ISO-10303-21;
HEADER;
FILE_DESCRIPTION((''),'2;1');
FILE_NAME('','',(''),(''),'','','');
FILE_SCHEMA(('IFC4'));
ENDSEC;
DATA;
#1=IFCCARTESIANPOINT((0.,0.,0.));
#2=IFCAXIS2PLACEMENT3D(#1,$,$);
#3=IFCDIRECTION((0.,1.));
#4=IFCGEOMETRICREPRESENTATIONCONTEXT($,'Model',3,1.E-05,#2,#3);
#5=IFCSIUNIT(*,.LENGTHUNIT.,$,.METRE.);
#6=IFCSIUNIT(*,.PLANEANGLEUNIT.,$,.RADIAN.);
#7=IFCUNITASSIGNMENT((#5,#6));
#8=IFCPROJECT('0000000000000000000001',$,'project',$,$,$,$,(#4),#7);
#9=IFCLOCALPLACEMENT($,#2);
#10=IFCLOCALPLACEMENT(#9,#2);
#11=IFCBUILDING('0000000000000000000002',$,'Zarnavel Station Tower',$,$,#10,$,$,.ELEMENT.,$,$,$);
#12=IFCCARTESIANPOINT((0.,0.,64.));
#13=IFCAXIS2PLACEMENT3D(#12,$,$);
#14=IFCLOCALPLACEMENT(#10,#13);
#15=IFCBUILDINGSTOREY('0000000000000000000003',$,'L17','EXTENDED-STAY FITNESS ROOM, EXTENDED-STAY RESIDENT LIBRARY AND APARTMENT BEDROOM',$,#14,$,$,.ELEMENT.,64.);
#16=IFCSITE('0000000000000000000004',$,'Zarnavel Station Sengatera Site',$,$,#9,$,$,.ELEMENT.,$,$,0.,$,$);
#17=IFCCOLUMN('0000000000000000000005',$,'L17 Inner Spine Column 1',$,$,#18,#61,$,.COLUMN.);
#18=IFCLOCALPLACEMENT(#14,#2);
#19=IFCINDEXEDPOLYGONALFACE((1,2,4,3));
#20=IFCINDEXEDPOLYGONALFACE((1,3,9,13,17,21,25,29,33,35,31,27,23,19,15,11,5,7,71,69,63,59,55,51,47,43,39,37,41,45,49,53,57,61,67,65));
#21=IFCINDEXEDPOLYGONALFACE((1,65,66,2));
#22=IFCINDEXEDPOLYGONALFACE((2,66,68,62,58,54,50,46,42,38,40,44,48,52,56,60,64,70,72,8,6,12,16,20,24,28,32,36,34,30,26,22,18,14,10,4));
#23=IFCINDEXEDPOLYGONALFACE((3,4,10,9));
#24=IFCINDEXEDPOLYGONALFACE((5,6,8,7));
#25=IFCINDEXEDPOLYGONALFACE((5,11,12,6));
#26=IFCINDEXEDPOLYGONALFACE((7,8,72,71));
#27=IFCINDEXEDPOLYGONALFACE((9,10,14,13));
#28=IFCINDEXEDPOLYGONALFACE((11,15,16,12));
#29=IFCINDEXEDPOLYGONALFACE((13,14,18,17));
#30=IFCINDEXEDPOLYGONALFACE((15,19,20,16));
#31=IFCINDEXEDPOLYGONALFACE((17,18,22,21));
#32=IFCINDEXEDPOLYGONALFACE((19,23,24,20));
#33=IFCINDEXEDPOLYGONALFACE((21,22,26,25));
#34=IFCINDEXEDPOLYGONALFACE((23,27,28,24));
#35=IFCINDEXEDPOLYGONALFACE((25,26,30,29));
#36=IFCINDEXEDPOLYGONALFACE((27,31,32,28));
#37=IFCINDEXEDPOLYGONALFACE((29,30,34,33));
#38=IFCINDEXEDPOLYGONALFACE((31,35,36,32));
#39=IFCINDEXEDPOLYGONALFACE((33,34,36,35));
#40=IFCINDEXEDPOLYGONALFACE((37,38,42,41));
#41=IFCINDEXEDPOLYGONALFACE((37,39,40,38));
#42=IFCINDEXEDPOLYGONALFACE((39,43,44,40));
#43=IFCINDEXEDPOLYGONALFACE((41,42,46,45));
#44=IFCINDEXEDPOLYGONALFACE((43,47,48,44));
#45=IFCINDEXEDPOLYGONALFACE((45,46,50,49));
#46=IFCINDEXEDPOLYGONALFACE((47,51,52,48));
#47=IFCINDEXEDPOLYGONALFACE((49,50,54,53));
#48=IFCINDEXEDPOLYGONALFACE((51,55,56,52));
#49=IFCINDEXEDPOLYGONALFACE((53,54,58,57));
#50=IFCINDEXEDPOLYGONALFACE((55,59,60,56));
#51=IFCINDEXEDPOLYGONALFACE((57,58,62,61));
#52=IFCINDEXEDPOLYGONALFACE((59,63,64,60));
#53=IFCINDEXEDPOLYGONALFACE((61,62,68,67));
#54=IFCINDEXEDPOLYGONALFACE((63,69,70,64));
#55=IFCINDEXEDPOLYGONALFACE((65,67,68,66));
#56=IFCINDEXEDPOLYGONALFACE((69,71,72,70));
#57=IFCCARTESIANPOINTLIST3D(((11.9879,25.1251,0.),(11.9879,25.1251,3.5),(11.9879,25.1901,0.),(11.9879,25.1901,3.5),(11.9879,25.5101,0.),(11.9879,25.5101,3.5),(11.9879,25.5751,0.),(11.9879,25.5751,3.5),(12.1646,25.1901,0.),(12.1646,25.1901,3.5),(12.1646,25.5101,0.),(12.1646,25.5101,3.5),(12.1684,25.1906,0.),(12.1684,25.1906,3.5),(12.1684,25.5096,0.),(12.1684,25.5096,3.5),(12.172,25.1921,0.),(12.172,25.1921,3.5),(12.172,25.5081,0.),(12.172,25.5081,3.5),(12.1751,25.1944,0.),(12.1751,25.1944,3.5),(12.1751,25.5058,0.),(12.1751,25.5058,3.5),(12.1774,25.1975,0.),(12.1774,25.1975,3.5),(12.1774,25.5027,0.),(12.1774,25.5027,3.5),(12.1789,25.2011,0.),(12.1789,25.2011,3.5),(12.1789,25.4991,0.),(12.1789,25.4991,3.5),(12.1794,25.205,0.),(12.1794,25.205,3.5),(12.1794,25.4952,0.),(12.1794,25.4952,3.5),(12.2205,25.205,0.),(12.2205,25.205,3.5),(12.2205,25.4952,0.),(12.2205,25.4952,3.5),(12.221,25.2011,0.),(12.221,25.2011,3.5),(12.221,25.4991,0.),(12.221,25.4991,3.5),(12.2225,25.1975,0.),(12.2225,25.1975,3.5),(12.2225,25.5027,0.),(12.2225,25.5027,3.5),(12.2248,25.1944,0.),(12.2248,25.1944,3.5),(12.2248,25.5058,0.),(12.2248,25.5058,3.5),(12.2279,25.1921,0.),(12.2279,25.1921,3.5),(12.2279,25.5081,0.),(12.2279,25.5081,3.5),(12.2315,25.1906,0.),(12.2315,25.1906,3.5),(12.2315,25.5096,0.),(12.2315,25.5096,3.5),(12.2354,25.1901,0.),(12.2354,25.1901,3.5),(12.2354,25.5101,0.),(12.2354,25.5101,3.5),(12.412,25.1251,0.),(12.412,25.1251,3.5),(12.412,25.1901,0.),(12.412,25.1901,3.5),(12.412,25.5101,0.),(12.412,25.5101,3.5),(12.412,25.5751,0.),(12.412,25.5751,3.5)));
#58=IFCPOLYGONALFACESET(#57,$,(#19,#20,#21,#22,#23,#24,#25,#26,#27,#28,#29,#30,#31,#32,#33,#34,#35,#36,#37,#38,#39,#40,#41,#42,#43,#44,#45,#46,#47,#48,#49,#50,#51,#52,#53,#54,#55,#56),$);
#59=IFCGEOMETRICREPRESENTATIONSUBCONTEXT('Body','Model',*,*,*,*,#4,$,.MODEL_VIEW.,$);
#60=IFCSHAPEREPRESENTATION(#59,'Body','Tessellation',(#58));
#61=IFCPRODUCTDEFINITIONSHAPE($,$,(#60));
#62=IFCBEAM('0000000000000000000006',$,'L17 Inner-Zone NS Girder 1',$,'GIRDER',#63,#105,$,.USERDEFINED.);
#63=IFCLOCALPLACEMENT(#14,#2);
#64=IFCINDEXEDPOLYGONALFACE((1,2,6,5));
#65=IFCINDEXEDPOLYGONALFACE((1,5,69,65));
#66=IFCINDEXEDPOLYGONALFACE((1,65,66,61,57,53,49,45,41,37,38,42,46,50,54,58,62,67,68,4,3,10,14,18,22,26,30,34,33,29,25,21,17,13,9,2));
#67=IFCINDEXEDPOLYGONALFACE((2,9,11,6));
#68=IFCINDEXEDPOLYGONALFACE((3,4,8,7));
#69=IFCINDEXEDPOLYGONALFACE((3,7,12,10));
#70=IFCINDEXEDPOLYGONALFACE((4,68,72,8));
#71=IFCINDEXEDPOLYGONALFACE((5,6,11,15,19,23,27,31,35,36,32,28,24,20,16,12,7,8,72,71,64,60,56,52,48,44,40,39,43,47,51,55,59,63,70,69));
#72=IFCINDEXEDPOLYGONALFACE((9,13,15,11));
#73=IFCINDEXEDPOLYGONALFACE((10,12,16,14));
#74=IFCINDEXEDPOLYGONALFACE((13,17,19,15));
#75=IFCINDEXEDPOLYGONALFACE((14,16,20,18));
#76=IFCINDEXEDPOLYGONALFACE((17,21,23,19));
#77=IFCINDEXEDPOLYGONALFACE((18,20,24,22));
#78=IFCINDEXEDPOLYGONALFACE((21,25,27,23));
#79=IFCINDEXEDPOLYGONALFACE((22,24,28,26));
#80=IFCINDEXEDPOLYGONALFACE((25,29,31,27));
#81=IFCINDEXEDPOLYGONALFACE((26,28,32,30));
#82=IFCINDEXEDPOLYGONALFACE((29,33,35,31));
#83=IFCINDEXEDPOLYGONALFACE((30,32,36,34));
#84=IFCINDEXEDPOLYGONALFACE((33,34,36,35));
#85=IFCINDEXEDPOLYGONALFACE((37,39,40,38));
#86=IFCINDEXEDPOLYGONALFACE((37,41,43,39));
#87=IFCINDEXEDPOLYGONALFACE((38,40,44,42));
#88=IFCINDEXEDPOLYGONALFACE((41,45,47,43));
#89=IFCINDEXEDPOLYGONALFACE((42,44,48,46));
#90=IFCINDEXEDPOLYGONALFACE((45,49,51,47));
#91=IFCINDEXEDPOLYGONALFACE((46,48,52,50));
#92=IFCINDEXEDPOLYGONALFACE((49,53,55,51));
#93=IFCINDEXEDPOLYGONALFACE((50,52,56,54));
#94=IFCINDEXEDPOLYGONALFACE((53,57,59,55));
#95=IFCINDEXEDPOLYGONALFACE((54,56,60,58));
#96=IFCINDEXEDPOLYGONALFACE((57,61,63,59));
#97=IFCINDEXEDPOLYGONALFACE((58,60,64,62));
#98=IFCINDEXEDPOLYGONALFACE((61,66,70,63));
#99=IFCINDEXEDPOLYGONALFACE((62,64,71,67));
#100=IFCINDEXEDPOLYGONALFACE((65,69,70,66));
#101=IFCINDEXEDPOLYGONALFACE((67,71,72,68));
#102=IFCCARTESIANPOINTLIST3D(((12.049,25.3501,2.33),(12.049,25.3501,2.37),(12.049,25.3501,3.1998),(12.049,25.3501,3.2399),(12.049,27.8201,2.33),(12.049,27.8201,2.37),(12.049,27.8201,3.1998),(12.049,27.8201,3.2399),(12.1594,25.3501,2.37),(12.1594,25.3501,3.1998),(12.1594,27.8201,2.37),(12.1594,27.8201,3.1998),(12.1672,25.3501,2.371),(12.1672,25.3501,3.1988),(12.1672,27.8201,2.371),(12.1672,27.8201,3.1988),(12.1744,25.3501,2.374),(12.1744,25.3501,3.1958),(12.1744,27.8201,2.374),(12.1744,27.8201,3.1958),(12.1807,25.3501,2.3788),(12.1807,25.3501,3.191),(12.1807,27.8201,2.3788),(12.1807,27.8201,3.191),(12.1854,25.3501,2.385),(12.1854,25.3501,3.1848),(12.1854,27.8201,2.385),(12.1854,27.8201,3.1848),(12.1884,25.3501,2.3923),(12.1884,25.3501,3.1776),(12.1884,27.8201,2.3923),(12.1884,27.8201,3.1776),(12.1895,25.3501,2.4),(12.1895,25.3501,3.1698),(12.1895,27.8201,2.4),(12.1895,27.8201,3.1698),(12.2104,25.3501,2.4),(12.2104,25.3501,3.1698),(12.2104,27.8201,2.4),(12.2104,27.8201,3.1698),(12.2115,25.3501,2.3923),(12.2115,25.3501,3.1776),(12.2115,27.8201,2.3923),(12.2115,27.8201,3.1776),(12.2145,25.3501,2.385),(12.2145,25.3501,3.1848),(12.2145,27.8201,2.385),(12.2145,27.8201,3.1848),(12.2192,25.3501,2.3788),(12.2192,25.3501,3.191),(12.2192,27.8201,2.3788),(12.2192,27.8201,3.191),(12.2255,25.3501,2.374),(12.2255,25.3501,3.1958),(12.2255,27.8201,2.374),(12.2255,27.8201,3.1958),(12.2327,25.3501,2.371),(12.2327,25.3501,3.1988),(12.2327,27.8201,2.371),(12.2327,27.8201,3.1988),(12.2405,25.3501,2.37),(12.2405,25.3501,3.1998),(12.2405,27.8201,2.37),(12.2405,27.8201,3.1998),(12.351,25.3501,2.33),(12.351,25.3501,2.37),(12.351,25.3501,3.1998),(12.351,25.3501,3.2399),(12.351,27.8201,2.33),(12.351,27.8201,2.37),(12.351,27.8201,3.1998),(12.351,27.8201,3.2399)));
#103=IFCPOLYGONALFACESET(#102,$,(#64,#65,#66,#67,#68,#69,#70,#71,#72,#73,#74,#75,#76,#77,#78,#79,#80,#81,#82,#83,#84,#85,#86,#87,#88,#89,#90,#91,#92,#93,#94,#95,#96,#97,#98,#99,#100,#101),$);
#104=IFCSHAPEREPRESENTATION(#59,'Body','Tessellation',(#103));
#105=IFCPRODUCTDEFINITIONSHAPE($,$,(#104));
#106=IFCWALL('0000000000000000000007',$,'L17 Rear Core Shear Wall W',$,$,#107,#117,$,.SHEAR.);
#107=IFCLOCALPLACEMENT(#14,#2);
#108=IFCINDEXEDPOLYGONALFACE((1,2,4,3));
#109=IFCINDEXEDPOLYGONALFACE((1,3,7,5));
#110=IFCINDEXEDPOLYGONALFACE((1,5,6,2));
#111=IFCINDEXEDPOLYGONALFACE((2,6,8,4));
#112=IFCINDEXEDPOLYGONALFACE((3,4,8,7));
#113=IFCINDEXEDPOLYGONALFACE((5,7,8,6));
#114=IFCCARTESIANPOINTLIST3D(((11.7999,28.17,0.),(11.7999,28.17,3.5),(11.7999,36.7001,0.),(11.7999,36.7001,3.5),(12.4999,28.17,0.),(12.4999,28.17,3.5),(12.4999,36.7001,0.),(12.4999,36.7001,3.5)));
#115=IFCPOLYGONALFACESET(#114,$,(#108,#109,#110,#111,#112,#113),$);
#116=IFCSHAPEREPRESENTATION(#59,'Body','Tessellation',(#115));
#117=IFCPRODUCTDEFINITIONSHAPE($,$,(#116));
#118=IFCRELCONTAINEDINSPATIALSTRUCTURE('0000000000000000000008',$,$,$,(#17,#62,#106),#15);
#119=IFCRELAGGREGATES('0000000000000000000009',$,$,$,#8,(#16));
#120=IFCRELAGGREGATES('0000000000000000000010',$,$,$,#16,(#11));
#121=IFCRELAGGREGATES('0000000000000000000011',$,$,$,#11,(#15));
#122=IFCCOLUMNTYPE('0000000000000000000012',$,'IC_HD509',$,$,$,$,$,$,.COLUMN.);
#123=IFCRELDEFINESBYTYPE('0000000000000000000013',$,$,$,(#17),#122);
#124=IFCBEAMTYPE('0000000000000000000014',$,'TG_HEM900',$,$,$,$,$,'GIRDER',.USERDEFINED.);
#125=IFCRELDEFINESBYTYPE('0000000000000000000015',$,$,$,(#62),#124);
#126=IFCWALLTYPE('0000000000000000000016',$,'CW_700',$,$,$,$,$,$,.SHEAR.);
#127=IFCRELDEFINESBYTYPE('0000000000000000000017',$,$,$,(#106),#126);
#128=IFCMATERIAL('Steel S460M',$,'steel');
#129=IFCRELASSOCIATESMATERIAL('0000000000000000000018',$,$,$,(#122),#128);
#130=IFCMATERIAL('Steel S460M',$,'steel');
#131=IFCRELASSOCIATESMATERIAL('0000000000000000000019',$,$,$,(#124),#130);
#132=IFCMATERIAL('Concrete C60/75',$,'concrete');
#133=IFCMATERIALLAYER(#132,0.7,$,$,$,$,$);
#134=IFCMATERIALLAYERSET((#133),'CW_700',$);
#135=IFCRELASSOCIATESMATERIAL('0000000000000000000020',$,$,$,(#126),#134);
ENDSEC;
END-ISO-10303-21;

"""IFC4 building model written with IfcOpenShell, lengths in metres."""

from ifc_helpers import new_model, si_unit, direction, frame, frame_2d, origin, origin_2d, place, context, subcontext, project, spatial, rectangle, i_section, extrude, material, layer, layer_set, material_profile, profile_set, type_object, element, save


model = new_model("IFC4")

# Units and contexts
model_context = context("Model", 3, precision=1e-05, world=origin(), true_north=direction((0.0, 1.0)))
body_context = subcontext(model_context, "Body", "Model", "MODEL_VIEW")
ifc_project = project(units=[si_unit("LENGTHUNIT", "METRE"), si_unit("PLANEANGLEUNIT", "RADIAN")], contexts=[model_context])

# Site, building, storey
site_placement = place(None, origin())
site = spatial("IfcSite", under=ifc_project, at=site_placement, Name="Zarnavel Station Sengatera Site", CompositionType="ELEMENT", RefElevation=0.0)
building_placement = place(site_placement, origin())
building = spatial("IfcBuilding", under=site, at=building_placement, Name="Zarnavel Station Tower", CompositionType="ELEMENT")
storey_placement = place(building_placement, frame((0.0, 0.0, 64.0)))
storey = spatial("IfcBuildingStorey", under=building, at=storey_placement, Name="L17", Description="EXTENDED-STAY FITNESS ROOM, EXTENDED-STAY RESIDENT LIBRARY AND APARTMENT BEDROOM", CompositionType="ELEMENT", Elevation=64.0)

# Column
ifc_material_1 = material(Name="Steel S460M", Category="steel")
ifc_material_profile_1 = material_profile(ifc_material_1, i_section(OverallWidth=0.4241, OverallDepth=0.45, WebThickness=0.041, FlangeThickness=0.0649, FilletRadius=0.0149, at=origin_2d()), Name="HD400x509")
ifc_profile_set_1 = profile_set([ifc_material_profile_1], Name="Steel S460M")
column_type = type_object("IfcColumnType", Name="IC_HD509", PredefinedType="COLUMN", material=ifc_profile_set_1)
column_placement = place(storey_placement, frame((12.2, 25.3501, 0.0), z_axis=(0.0, 0.0, 1.0), x_axis=(1.0, 0.0, 0.0)))
element("IfcColumn", 1, at=column_placement, inside=storey, type_object=column_type, Name="L17 Inner Spine Column 1", PredefinedType="COLUMN", context=body_context, shape_type="SweptSolid", body=[
    extrude(i_section(OverallWidth=0.4241, OverallDepth=0.45, WebThickness=0.041, FlangeThickness=0.0649, FilletRadius=0.0149, at=origin_2d()), origin(), (0.0, 0.0, 1.0), 3.5),
])

# Beam
ifc_material_2 = material(Name="Steel S460M", Category="steel")
ifc_material_profile_2 = material_profile(ifc_material_2, i_section(OverallWidth=0.302, OverallDepth=0.9099, WebThickness=0.021, FlangeThickness=0.04, FilletRadius=0.03, at=origin_2d()), Name="HEM900")
ifc_profile_set_2 = profile_set([ifc_material_profile_2], Name="Steel S460M")
beam_type = type_object("IfcBeamType", Name="TG_HEM900", ElementType="GIRDER", PredefinedType="USERDEFINED", material=ifc_profile_set_2)
beam_placement = place(storey_placement, frame((12.2, 25.3501, 2.7849), z_axis=(0.0, 1.0, 0.0), x_axis=(-1.0, 0.0, 0.0)))
element("IfcBeam", 2, at=beam_placement, inside=storey, type_object=beam_type, Name="L17 Inner-Zone NS Girder 1", ObjectType="GIRDER", PredefinedType="USERDEFINED", context=body_context, shape_type="SweptSolid", body=[
    extrude(i_section(OverallWidth=0.302, OverallDepth=0.9099, WebThickness=0.021, FlangeThickness=0.04, FilletRadius=0.03, at=origin_2d()), origin(), (0.0, 0.0, 1.0), 2.47),
])

# Wall
ifc_material_3 = material(Name="Concrete C60/75", Category="concrete")
ifc_layer_1 = layer(ifc_material_3, 0.7)
ifc_layer_set_1 = layer_set([ifc_layer_1], Name="CW_700")
wall_type_1 = type_object("IfcWallType", Name="CW_700", PredefinedType="SHEAR", material=ifc_layer_set_1)
wall_1_placement = place(storey_placement, frame((12.1499, 28.1699, 0.0), z_axis=(0.0, 0.0, 1.0), x_axis=(0.0, 1.0, 0.0)))
element("IfcWall", 3, at=wall_1_placement, inside=storey, type_object=wall_type_1, Name="L17 Rear Core Shear Wall W", PredefinedType="SHEAR", context=body_context, shape_type="SweptSolid", body=[
    extrude(rectangle(XDim=8.53, YDim=0.7, at=frame_2d((4.2651, 0.0))), origin(), (0.0, 0.0, 1.0), 3.5),
])

save(model, "model.ifc")
